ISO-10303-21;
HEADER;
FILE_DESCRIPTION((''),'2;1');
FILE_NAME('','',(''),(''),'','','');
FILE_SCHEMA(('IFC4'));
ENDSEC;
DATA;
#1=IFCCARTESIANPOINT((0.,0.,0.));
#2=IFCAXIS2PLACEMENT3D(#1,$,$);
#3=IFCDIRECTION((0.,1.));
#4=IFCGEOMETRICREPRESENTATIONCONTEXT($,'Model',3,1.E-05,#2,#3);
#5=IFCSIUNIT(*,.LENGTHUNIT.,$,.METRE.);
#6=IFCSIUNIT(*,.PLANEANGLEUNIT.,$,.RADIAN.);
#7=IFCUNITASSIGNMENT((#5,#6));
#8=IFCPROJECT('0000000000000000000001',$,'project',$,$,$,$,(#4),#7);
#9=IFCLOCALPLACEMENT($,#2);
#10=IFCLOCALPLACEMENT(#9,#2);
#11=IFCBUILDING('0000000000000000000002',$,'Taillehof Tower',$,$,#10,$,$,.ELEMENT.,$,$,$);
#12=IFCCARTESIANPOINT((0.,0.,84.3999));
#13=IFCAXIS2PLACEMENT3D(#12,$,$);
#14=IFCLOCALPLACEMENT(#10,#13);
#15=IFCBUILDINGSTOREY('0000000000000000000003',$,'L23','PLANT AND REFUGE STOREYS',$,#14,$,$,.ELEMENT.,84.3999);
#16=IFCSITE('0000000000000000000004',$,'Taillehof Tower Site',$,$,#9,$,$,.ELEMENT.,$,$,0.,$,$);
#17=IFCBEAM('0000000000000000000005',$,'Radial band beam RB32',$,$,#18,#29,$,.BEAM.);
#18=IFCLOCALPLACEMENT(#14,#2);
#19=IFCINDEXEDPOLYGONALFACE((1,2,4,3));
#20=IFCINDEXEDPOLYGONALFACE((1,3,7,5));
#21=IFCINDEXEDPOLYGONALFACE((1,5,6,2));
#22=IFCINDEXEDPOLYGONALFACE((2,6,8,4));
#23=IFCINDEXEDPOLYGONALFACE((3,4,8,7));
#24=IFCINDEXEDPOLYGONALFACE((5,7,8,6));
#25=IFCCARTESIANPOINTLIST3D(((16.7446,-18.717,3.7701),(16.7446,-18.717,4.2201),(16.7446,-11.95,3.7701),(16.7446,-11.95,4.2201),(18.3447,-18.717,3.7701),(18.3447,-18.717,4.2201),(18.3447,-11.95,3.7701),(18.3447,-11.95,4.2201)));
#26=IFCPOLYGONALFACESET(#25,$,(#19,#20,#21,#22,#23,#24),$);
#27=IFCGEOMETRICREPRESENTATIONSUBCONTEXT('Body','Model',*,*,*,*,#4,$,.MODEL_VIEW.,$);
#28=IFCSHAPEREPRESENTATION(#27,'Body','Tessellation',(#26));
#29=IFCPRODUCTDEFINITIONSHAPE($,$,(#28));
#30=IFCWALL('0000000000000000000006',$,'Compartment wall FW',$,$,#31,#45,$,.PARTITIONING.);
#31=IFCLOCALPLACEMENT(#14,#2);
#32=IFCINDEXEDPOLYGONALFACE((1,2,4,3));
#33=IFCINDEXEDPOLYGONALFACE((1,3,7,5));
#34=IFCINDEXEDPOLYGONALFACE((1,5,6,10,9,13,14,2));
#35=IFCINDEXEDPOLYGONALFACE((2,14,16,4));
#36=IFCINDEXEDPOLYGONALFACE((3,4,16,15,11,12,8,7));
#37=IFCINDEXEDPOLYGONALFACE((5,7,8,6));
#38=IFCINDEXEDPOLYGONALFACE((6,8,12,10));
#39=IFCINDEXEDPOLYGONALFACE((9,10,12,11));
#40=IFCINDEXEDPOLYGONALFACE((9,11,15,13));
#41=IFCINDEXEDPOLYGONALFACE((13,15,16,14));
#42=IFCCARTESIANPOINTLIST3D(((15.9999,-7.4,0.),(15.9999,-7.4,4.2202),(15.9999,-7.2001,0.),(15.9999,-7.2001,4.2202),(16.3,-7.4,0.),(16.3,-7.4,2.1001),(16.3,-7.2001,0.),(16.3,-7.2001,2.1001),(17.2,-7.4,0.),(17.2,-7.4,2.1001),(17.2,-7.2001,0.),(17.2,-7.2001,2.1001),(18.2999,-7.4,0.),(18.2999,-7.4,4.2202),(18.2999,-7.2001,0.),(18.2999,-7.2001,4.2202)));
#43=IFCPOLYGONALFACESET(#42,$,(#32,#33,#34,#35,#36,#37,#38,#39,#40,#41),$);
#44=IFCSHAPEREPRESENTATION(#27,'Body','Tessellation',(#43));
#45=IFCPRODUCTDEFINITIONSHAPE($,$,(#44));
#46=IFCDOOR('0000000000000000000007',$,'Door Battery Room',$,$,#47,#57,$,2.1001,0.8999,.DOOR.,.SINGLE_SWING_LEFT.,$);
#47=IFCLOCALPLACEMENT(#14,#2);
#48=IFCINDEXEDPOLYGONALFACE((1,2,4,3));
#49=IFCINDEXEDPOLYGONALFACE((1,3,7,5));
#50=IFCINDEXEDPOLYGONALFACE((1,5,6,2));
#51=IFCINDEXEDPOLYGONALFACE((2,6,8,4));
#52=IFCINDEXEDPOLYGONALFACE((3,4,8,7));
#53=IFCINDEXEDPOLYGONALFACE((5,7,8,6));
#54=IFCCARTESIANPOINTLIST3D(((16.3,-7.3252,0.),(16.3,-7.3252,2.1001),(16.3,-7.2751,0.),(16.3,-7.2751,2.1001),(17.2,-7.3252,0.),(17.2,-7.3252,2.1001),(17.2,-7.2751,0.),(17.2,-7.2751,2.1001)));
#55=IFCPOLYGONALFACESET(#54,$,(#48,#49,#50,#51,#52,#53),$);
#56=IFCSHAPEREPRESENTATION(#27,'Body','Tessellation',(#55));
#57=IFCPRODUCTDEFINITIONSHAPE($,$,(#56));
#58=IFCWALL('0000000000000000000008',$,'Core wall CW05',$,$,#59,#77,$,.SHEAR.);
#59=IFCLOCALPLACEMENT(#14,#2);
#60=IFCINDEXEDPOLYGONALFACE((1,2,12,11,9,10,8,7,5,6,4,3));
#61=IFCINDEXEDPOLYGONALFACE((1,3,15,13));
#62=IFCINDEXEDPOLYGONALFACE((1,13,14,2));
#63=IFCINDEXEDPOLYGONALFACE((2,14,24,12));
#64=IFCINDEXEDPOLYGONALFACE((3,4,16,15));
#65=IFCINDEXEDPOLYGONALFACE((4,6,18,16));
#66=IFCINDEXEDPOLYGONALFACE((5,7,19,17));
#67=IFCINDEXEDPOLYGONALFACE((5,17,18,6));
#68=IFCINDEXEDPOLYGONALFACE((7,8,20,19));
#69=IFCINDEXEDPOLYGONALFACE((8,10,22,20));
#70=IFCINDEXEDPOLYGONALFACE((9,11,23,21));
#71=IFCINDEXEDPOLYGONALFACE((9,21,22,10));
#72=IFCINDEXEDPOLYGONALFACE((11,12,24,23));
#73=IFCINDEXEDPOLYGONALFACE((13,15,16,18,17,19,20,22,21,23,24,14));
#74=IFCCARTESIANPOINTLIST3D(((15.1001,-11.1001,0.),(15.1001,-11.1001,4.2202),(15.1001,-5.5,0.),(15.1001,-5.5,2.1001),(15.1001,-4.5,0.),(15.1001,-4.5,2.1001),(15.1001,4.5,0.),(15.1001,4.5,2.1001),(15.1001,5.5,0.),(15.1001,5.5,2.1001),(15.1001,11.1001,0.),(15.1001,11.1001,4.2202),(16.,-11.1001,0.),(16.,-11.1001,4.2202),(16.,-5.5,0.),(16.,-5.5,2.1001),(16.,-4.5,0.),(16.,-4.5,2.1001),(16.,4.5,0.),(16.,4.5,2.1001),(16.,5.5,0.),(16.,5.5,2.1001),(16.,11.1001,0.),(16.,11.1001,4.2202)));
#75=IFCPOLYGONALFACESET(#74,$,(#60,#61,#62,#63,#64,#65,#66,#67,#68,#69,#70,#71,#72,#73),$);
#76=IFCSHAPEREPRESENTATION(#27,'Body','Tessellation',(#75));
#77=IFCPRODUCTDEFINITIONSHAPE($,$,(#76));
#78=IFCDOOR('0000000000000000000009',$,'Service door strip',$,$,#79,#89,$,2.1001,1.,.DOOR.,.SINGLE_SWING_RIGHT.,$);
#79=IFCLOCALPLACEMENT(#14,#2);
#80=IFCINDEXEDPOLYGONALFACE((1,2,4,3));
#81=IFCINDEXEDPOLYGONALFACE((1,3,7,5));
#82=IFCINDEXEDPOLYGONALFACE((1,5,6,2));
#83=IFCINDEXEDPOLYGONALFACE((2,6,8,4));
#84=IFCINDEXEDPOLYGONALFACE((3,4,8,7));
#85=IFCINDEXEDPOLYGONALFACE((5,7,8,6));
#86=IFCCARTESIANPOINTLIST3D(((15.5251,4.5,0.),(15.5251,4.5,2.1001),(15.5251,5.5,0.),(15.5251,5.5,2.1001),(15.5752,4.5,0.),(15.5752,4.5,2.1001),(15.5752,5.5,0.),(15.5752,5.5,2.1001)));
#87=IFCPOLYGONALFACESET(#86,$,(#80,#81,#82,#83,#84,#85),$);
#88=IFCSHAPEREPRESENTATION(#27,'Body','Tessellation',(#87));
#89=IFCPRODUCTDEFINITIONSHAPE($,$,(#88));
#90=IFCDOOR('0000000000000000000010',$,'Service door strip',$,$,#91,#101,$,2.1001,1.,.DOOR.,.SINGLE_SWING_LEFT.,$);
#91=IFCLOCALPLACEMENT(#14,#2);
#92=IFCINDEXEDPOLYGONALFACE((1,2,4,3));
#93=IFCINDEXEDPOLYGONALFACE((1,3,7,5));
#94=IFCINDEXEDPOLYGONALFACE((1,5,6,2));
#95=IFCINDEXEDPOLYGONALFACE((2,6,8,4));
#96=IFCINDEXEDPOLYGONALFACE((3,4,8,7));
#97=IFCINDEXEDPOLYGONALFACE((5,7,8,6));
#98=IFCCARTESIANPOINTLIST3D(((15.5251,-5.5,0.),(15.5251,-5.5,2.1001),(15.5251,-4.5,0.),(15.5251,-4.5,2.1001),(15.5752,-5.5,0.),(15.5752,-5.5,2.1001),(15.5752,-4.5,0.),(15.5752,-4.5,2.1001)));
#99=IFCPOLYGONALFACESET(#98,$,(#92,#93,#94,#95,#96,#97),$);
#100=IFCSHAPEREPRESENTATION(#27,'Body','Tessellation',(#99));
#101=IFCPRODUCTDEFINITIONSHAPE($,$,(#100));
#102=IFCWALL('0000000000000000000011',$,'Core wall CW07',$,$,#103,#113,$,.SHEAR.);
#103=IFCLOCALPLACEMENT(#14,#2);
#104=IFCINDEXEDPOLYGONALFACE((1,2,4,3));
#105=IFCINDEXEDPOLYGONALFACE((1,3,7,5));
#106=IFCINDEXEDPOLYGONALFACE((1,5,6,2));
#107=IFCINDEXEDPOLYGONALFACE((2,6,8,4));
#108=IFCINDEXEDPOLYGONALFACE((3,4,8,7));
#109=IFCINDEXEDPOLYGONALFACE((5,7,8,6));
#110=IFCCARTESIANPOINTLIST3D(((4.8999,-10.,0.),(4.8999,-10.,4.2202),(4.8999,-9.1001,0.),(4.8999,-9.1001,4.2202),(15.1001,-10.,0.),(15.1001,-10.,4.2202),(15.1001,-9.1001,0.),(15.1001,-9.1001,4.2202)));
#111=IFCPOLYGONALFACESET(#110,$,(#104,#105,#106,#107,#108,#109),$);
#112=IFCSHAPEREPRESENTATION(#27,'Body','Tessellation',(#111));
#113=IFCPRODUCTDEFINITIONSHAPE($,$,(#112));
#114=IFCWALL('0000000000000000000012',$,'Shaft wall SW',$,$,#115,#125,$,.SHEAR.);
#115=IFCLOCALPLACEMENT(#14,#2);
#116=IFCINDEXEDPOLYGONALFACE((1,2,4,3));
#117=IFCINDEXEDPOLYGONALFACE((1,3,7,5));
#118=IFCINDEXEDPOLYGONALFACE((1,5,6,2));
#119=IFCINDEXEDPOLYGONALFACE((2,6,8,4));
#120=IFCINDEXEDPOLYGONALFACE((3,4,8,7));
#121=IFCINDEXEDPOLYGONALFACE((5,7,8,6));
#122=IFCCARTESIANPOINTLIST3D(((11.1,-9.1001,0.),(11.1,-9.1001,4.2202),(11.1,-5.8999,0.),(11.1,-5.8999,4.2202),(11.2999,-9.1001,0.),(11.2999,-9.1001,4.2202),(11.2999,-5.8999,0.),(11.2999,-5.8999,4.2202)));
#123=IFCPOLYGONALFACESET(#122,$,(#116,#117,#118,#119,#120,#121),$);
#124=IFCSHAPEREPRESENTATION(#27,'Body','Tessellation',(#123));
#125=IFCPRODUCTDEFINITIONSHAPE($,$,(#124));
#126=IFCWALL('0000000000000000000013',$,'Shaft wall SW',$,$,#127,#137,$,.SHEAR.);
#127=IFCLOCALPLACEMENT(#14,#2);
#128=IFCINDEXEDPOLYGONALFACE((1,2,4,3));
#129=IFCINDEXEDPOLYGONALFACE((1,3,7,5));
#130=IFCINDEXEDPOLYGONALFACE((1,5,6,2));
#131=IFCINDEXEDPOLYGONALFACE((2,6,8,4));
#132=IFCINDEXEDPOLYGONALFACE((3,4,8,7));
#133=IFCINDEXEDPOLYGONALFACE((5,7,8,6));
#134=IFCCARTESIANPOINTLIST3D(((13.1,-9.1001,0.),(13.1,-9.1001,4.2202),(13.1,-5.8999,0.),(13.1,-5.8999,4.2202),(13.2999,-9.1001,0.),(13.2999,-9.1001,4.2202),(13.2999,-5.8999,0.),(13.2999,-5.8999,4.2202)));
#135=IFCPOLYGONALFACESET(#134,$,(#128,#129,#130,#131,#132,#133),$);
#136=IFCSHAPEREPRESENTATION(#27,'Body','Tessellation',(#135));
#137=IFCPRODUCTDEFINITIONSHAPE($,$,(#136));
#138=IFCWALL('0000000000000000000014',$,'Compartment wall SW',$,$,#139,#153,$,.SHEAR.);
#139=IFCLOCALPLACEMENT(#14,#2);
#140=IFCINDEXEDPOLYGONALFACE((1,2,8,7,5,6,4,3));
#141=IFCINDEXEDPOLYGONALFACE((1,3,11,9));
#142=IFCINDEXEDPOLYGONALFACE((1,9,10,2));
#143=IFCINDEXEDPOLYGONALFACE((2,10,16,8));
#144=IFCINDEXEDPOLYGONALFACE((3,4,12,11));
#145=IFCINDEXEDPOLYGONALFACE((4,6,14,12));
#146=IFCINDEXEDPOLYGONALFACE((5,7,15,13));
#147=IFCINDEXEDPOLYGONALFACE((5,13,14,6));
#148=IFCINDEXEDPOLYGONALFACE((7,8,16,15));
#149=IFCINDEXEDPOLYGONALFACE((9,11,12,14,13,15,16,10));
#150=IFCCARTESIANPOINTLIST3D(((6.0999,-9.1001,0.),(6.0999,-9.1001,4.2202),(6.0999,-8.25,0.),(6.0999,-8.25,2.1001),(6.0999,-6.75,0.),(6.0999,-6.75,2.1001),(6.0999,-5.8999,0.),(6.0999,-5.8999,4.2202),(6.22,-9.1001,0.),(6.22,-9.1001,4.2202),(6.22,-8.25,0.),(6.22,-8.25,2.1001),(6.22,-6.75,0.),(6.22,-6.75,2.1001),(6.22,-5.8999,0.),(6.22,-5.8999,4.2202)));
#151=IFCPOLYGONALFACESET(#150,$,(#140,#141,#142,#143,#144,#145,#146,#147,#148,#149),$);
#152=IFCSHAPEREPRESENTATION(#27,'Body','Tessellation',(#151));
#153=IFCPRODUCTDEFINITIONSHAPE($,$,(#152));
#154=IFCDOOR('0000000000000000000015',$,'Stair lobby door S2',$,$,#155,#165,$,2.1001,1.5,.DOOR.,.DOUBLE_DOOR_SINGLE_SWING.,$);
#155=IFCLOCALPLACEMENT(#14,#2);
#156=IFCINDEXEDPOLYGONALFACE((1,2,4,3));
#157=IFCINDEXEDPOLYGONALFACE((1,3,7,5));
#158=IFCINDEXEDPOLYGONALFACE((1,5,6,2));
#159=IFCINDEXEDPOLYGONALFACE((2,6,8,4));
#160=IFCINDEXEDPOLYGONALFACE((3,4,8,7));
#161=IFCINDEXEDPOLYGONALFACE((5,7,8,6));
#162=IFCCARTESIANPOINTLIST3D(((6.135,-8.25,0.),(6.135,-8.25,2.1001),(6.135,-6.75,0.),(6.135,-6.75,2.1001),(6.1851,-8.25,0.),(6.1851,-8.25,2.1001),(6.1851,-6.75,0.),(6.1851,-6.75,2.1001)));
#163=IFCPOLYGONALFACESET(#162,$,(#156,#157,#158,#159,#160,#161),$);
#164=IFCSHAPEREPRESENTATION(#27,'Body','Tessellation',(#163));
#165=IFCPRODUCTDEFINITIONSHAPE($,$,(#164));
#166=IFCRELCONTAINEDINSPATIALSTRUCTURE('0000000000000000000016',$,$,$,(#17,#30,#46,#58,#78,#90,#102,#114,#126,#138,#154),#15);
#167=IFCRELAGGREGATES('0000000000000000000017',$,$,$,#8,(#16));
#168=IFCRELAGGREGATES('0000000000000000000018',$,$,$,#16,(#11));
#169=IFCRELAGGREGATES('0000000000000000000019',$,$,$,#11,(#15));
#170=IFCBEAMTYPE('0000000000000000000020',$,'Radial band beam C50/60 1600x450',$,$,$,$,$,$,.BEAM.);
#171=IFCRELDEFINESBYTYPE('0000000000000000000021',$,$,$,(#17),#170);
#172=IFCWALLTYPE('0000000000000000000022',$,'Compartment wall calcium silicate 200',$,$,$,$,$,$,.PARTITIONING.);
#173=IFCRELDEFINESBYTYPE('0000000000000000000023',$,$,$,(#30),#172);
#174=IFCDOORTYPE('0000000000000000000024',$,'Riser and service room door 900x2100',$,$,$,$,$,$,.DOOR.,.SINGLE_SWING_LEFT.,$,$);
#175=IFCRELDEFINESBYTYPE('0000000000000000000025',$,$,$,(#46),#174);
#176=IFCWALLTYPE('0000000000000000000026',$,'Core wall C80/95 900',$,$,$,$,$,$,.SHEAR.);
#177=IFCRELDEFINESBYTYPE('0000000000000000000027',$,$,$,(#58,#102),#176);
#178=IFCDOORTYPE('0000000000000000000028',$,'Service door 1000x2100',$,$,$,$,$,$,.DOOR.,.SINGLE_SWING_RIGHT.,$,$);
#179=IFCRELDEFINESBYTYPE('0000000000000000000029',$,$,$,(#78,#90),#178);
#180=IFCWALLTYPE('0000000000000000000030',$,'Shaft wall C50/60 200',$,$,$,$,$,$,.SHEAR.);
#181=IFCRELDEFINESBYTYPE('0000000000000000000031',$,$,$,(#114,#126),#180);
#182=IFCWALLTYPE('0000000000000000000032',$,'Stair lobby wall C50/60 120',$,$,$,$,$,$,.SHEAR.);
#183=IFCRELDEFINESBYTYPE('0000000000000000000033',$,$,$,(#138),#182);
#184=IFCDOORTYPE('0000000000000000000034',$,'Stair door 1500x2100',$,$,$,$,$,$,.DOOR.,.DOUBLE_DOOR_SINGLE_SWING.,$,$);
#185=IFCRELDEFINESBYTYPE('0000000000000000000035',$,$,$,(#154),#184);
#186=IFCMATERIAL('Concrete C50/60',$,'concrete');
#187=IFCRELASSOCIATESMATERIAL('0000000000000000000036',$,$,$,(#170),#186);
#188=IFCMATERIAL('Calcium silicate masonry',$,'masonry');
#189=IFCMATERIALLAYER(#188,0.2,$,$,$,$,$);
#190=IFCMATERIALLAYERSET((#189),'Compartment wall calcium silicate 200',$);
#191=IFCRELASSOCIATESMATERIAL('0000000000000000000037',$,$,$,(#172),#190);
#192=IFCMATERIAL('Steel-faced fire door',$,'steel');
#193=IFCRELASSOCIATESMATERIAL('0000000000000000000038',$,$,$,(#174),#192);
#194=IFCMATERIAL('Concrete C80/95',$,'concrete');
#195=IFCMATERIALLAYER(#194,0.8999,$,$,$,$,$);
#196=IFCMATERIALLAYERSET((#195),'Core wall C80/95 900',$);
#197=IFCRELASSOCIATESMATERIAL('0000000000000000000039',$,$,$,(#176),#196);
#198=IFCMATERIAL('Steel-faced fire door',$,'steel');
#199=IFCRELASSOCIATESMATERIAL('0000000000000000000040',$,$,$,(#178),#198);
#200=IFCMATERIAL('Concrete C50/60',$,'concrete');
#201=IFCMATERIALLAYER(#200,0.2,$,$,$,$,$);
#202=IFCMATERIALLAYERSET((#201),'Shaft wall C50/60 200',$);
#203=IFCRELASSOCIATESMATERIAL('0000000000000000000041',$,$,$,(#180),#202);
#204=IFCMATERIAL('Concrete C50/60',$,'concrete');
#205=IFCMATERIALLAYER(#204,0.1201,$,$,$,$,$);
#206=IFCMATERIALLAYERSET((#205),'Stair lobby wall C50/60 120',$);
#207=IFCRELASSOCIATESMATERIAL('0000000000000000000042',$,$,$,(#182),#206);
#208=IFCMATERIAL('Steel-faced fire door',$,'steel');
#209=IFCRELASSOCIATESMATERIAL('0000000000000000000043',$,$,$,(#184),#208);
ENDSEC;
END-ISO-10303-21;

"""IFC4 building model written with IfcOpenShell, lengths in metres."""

from ifc_helpers import new_model, si_unit, direction, frame, frame_2d, origin, origin_2d, place, context, subcontext, project, spatial, rectangle, extrude, material, layer, layer_set, material_profile, profile_set, type_object, element, fill, save


model = new_model("IFC4")

# Units and contexts
model_context = context("Model", 3, precision=1e-05, world=origin(), true_north=direction((0.0, 1.0)))
body_context = subcontext(model_context, "Body", "Model", "MODEL_VIEW")
ifc_project = project(units=[si_unit("LENGTHUNIT", "METRE"), si_unit("PLANEANGLEUNIT", "RADIAN")], contexts=[model_context])

# Site, building, storey
site_placement = place(None, origin())
site = spatial("IfcSite", under=ifc_project, at=site_placement, Name="Taillehof Tower Site", CompositionType="ELEMENT", RefElevation=0.0)
building_placement = place(site_placement, origin())
building = spatial("IfcBuilding", under=site, at=building_placement, Name="Taillehof Tower", CompositionType="ELEMENT")
storey_placement = place(building_placement, frame((0.0, 0.0, 84.3999)))
storey = spatial("IfcBuildingStorey", under=building, at=storey_placement, Name="L23", Description="PLANT AND REFUGE STOREYS", CompositionType="ELEMENT", Elevation=84.3999)

# Beam
ifc_material_1 = material(Name="Concrete C50/60", Category="concrete")
ifc_material_profile = material_profile(ifc_material_1, rectangle(XDim=1.6001, YDim=0.45, at=origin_2d()), Name="RC 1600x450")
ifc_profile_set = profile_set([ifc_material_profile], Name="Concrete C50/60")
beam_type = type_object("IfcBeamType", Name="Radial band beam C50/60 1600x450", PredefinedType="BEAM", material=ifc_profile_set)
beam_placement = place(storey_placement, frame((17.5447, -18.717, 3.9951), z_axis=(0.0, 1.0, 0.0), x_axis=(-1.0, 0.0, 0.0)))
element("IfcBeam", 1, at=beam_placement, inside=storey, type_object=beam_type, Name="Radial band beam RB32", PredefinedType="BEAM", context=body_context, shape_type="SweptSolid", body=[
    extrude(rectangle(XDim=1.6001, YDim=0.45, at=origin_2d()), origin(), (0.0, 0.0, 1.0), 6.7671),
])

# Wall, opening, door
ifc_material_2 = material(Name="Calcium silicate masonry", Category="masonry")
ifc_layer_1 = layer(ifc_material_2, 0.2)
ifc_layer_set_1 = layer_set([ifc_layer_1], Name="Compartment wall calcium silicate 200")
wall_type_1 = type_object("IfcWallType", Name="Compartment wall calcium silicate 200", PredefinedType="PARTITIONING", material=ifc_layer_set_1)
wall_1_placement = place(storey_placement, frame((16.0, -7.3, 0.0), z_axis=(0.0, 0.0, 1.0), x_axis=(1.0, 0.0, 0.0)))
wall_1 = element("IfcWall", 2, at=wall_1_placement, inside=storey, type_object=wall_type_1, Name="Compartment wall FW", PredefinedType="PARTITIONING", context=body_context, shape_type="SweptSolid", body=[
    extrude(rectangle(XDim=2.3, YDim=0.2, at=frame_2d((1.1499, 0.0))), origin(), (0.0, 0.0, 1.0), 4.2202),
])
opening_1_placement = place(wall_1_placement, frame((0.3, 0.0, 0.0)))
opening_1 = element("IfcOpeningElement", 3, at=opening_1_placement, cuts=wall_1, PredefinedType="OPENING", context=body_context, shape_type="SweptSolid", body=[
    extrude(rectangle(XDim=0.8999, YDim=2.1001, at=frame_2d((0.45, 1.05))), frame((0.0, 0.1099, 0.0), z_axis=(0.0, -1.0, 0.0), x_axis=(1.0, 0.0, 0.0)), (0.0, 0.0, 1.0), 0.22),
])
ifc_material_3 = material(Name="Steel-faced fire door", Category="steel")
door_type_1 = type_object("IfcDoorType", Name="Riser and service room door 900x2100", OperationType="SINGLE_SWING_LEFT", PredefinedType="DOOR", material=ifc_material_3)
door_1_placement = place(opening_1_placement, origin())
door_1 = element("IfcDoor", 4, at=door_1_placement, inside=storey, type_object=door_type_1, Name="Door Battery Room", OperationType="SINGLE_SWING_LEFT", OverallHeight=2.1001, OverallWidth=0.8999, PredefinedType="DOOR", context=body_context, shape_type="SweptSolid", body=[
    extrude(rectangle(XDim=0.8999, YDim=2.1001, at=frame_2d((0.45, 1.05))), frame((0.0, 0.0249, 0.0), z_axis=(0.0, -1.0, 0.0), x_axis=(1.0, 0.0, 0.0)), (0.0, 0.0, 1.0), 0.05),
])
fill(opening_1, door_1)

# Wall, openings, doors
ifc_material_4 = material(Name="Concrete C80/95", Category="concrete")
ifc_layer_2 = layer(ifc_material_4, 0.8999)
ifc_layer_set_2 = layer_set([ifc_layer_2], Name="Core wall C80/95 900")
wall_type_2 = type_object("IfcWallType", Name="Core wall C80/95 900", PredefinedType="SHEAR", material=ifc_layer_set_2)
wall_2_placement = place(storey_placement, frame((15.55, -11.1001, 0.0), z_axis=(0.0, 0.0, 1.0), x_axis=(0.0, 1.0, 0.0)))
wall_2 = element("IfcWall", 5, at=wall_2_placement, inside=storey, type_object=wall_type_2, Name="Core wall CW05", PredefinedType="SHEAR", context=body_context, shape_type="SweptSolid", body=[
    extrude(rectangle(XDim=22.2002, YDim=0.8999, at=frame_2d((11.1001, 0.0))), origin(), (0.0, 0.0, 1.0), 4.2202),
])
opening_2_placement = place(wall_2_placement, frame((15.6001, 0.0, 0.0)))
opening_2 = element("IfcOpeningElement", 6, at=opening_2_placement, cuts=wall_2, PredefinedType="OPENING", context=body_context, shape_type="SweptSolid", body=[
    extrude(rectangle(XDim=1.0, YDim=2.1001, at=frame_2d((0.5, 1.05))), frame((0.0, 0.46, 0.0), z_axis=(0.0, -1.0, 0.0), x_axis=(1.0, 0.0, 0.0)), (0.0, 0.0, 1.0), 0.9199),
])
opening_3_placement = place(wall_2_placement, frame((5.6001, 0.0, 0.0)))
opening_3 = element("IfcOpeningElement", 7, at=opening_3_placement, cuts=wall_2, PredefinedType="OPENING", context=body_context, shape_type="SweptSolid", body=[
    extrude(rectangle(XDim=1.0, YDim=2.1001, at=frame_2d((0.5, 1.05))), frame((0.0, 0.46, 0.0), z_axis=(0.0, -1.0, 0.0), x_axis=(1.0, 0.0, 0.0)), (0.0, 0.0, 1.0), 0.9199),
])
ifc_material_5 = material(Name="Steel-faced fire door", Category="steel")
door_type_2 = type_object("IfcDoorType", Name="Service door 1000x2100", OperationType="SINGLE_SWING_RIGHT", PredefinedType="DOOR", material=ifc_material_5)
door_2_placement = place(opening_2_placement, origin())
door_2 = element("IfcDoor", 8, at=door_2_placement, inside=storey, type_object=door_type_2, Name="Service door strip", OperationType="SINGLE_SWING_RIGHT", OverallHeight=2.1001, OverallWidth=1.0, PredefinedType="DOOR", context=body_context, shape_type="SweptSolid", body=[
    extrude(rectangle(XDim=1.0, YDim=2.1001, at=frame_2d((0.5, 1.05))), frame((0.0, 0.0249, 0.0), z_axis=(0.0, -1.0, 0.0), x_axis=(1.0, 0.0, 0.0)), (0.0, 0.0, 1.0), 0.05),
])
fill(opening_2, door_2)
door_3_placement = place(opening_3_placement, origin())
door_3 = element("IfcDoor", 9, at=door_3_placement, inside=storey, type_object=door_type_2, Name="Service door strip", OperationType="SINGLE_SWING_LEFT", OverallHeight=2.1001, OverallWidth=1.0, PredefinedType="DOOR", context=body_context, shape_type="SweptSolid", body=[
    extrude(rectangle(XDim=1.0, YDim=2.1001, at=frame_2d((0.5, 1.05))), frame((0.0, 0.0249, 0.0), z_axis=(0.0, -1.0, 0.0), x_axis=(1.0, 0.0, 0.0)), (0.0, 0.0, 1.0), 0.05),
])
fill(opening_3, door_3)

# Walls
wall_3_placement = place(storey_placement, frame((4.8999, -9.55, 0.0), z_axis=(0.0, 0.0, 1.0), x_axis=(1.0, 0.0, 0.0)))
element("IfcWall", 10, at=wall_3_placement, inside=storey, type_object=wall_type_2, Name="Core wall CW07", PredefinedType="SHEAR", context=body_context, shape_type="SweptSolid", body=[
    extrude(rectangle(XDim=10.2002, YDim=0.8999, at=frame_2d((5.1001, 0.0))), origin(), (0.0, 0.0, 1.0), 4.2202),
])
ifc_material_6 = material(Name="Concrete C50/60", Category="concrete")
ifc_layer_3 = layer(ifc_material_6, 0.2)
ifc_layer_set_3 = layer_set([ifc_layer_3], Name="Shaft wall C50/60 200")
wall_type_3 = type_object("IfcWallType", Name="Shaft wall C50/60 200", PredefinedType="SHEAR", material=ifc_layer_set_3)
for number, where, z_axis, x_axis, name in (
    (11, (11.2, -9.1001, 0.0), (0.0, 0.0, 1.0), (0.0, 1.0, 0.0), "Shaft wall SW"),
    (12, (13.2, -9.1001, 0.0), (0.0, 0.0, 1.0), (0.0, 1.0, 0.0), "Shaft wall SW"),
):
    element("IfcWall", number, at=place(storey_placement, frame(where, z_axis=z_axis, x_axis=x_axis)), inside=storey, type_object=wall_type_3, Name=name, PredefinedType="SHEAR", context=body_context, shape_type="SweptSolid", body=[
        extrude(rectangle(XDim=3.2002, YDim=0.2, at=frame_2d((1.6001, 0.0))), origin(), (0.0, 0.0, 1.0), 4.2202),
    ])

# Wall, opening, door
ifc_material_7 = material(Name="Concrete C50/60", Category="concrete")
ifc_layer_4 = layer(ifc_material_7, 0.1201)
ifc_layer_set_4 = layer_set([ifc_layer_4], Name="Stair lobby wall C50/60 120")
wall_type_4 = type_object("IfcWallType", Name="Stair lobby wall C50/60 120", PredefinedType="SHEAR", material=ifc_layer_set_4)
wall_4_placement = place(storey_placement, frame((6.1599, -9.1001, 0.0), z_axis=(0.0, 0.0, 1.0), x_axis=(0.0, 1.0, 0.0)))
wall_4 = element("IfcWall", 13, at=wall_4_placement, inside=storey, type_object=wall_type_4, Name="Compartment wall SW", PredefinedType="SHEAR", context=body_context, shape_type="SweptSolid", body=[
    extrude(rectangle(XDim=3.2002, YDim=0.1201, at=frame_2d((1.6001, 0.0))), origin(), (0.0, 0.0, 1.0), 4.2202),
])
opening_4_placement = place(wall_4_placement, frame((0.8501, 0.0, 0.0)))
opening_4 = element("IfcOpeningElement", 14, at=opening_4_placement, cuts=wall_4, PredefinedType="OPENING", context=body_context, shape_type="SweptSolid", body=[
    extrude(rectangle(XDim=1.5, YDim=2.1001, at=frame_2d((0.75, 1.05))), frame((0.0, 0.0701, 0.0), z_axis=(0.0, -1.0, 0.0), x_axis=(1.0, 0.0, 0.0)), (0.0, 0.0, 1.0), 0.1401),
])
ifc_material_8 = material(Name="Steel-faced fire door", Category="steel")
door_type_3 = type_object("IfcDoorType", Name="Stair door 1500x2100", OperationType="DOUBLE_DOOR_SINGLE_SWING", PredefinedType="DOOR", material=ifc_material_8)
door_4_placement = place(opening_4_placement, origin())
door_4 = element("IfcDoor", 15, at=door_4_placement, inside=storey, type_object=door_type_3, Name="Stair lobby door S2", OperationType="DOUBLE_DOOR_SINGLE_SWING", OverallHeight=2.1001, OverallWidth=1.5, PredefinedType="DOOR", context=body_context, shape_type="SweptSolid", body=[
    extrude(rectangle(XDim=1.5, YDim=2.1001, at=frame_2d((0.75, 1.05))), frame((0.0, 0.0249, 0.0), z_axis=(0.0, -1.0, 0.0), x_axis=(1.0, 0.0, 0.0)), (0.0, 0.0, 1.0), 0.05),
])
fill(opening_4, door_4)

save(model, "model.ifc")
